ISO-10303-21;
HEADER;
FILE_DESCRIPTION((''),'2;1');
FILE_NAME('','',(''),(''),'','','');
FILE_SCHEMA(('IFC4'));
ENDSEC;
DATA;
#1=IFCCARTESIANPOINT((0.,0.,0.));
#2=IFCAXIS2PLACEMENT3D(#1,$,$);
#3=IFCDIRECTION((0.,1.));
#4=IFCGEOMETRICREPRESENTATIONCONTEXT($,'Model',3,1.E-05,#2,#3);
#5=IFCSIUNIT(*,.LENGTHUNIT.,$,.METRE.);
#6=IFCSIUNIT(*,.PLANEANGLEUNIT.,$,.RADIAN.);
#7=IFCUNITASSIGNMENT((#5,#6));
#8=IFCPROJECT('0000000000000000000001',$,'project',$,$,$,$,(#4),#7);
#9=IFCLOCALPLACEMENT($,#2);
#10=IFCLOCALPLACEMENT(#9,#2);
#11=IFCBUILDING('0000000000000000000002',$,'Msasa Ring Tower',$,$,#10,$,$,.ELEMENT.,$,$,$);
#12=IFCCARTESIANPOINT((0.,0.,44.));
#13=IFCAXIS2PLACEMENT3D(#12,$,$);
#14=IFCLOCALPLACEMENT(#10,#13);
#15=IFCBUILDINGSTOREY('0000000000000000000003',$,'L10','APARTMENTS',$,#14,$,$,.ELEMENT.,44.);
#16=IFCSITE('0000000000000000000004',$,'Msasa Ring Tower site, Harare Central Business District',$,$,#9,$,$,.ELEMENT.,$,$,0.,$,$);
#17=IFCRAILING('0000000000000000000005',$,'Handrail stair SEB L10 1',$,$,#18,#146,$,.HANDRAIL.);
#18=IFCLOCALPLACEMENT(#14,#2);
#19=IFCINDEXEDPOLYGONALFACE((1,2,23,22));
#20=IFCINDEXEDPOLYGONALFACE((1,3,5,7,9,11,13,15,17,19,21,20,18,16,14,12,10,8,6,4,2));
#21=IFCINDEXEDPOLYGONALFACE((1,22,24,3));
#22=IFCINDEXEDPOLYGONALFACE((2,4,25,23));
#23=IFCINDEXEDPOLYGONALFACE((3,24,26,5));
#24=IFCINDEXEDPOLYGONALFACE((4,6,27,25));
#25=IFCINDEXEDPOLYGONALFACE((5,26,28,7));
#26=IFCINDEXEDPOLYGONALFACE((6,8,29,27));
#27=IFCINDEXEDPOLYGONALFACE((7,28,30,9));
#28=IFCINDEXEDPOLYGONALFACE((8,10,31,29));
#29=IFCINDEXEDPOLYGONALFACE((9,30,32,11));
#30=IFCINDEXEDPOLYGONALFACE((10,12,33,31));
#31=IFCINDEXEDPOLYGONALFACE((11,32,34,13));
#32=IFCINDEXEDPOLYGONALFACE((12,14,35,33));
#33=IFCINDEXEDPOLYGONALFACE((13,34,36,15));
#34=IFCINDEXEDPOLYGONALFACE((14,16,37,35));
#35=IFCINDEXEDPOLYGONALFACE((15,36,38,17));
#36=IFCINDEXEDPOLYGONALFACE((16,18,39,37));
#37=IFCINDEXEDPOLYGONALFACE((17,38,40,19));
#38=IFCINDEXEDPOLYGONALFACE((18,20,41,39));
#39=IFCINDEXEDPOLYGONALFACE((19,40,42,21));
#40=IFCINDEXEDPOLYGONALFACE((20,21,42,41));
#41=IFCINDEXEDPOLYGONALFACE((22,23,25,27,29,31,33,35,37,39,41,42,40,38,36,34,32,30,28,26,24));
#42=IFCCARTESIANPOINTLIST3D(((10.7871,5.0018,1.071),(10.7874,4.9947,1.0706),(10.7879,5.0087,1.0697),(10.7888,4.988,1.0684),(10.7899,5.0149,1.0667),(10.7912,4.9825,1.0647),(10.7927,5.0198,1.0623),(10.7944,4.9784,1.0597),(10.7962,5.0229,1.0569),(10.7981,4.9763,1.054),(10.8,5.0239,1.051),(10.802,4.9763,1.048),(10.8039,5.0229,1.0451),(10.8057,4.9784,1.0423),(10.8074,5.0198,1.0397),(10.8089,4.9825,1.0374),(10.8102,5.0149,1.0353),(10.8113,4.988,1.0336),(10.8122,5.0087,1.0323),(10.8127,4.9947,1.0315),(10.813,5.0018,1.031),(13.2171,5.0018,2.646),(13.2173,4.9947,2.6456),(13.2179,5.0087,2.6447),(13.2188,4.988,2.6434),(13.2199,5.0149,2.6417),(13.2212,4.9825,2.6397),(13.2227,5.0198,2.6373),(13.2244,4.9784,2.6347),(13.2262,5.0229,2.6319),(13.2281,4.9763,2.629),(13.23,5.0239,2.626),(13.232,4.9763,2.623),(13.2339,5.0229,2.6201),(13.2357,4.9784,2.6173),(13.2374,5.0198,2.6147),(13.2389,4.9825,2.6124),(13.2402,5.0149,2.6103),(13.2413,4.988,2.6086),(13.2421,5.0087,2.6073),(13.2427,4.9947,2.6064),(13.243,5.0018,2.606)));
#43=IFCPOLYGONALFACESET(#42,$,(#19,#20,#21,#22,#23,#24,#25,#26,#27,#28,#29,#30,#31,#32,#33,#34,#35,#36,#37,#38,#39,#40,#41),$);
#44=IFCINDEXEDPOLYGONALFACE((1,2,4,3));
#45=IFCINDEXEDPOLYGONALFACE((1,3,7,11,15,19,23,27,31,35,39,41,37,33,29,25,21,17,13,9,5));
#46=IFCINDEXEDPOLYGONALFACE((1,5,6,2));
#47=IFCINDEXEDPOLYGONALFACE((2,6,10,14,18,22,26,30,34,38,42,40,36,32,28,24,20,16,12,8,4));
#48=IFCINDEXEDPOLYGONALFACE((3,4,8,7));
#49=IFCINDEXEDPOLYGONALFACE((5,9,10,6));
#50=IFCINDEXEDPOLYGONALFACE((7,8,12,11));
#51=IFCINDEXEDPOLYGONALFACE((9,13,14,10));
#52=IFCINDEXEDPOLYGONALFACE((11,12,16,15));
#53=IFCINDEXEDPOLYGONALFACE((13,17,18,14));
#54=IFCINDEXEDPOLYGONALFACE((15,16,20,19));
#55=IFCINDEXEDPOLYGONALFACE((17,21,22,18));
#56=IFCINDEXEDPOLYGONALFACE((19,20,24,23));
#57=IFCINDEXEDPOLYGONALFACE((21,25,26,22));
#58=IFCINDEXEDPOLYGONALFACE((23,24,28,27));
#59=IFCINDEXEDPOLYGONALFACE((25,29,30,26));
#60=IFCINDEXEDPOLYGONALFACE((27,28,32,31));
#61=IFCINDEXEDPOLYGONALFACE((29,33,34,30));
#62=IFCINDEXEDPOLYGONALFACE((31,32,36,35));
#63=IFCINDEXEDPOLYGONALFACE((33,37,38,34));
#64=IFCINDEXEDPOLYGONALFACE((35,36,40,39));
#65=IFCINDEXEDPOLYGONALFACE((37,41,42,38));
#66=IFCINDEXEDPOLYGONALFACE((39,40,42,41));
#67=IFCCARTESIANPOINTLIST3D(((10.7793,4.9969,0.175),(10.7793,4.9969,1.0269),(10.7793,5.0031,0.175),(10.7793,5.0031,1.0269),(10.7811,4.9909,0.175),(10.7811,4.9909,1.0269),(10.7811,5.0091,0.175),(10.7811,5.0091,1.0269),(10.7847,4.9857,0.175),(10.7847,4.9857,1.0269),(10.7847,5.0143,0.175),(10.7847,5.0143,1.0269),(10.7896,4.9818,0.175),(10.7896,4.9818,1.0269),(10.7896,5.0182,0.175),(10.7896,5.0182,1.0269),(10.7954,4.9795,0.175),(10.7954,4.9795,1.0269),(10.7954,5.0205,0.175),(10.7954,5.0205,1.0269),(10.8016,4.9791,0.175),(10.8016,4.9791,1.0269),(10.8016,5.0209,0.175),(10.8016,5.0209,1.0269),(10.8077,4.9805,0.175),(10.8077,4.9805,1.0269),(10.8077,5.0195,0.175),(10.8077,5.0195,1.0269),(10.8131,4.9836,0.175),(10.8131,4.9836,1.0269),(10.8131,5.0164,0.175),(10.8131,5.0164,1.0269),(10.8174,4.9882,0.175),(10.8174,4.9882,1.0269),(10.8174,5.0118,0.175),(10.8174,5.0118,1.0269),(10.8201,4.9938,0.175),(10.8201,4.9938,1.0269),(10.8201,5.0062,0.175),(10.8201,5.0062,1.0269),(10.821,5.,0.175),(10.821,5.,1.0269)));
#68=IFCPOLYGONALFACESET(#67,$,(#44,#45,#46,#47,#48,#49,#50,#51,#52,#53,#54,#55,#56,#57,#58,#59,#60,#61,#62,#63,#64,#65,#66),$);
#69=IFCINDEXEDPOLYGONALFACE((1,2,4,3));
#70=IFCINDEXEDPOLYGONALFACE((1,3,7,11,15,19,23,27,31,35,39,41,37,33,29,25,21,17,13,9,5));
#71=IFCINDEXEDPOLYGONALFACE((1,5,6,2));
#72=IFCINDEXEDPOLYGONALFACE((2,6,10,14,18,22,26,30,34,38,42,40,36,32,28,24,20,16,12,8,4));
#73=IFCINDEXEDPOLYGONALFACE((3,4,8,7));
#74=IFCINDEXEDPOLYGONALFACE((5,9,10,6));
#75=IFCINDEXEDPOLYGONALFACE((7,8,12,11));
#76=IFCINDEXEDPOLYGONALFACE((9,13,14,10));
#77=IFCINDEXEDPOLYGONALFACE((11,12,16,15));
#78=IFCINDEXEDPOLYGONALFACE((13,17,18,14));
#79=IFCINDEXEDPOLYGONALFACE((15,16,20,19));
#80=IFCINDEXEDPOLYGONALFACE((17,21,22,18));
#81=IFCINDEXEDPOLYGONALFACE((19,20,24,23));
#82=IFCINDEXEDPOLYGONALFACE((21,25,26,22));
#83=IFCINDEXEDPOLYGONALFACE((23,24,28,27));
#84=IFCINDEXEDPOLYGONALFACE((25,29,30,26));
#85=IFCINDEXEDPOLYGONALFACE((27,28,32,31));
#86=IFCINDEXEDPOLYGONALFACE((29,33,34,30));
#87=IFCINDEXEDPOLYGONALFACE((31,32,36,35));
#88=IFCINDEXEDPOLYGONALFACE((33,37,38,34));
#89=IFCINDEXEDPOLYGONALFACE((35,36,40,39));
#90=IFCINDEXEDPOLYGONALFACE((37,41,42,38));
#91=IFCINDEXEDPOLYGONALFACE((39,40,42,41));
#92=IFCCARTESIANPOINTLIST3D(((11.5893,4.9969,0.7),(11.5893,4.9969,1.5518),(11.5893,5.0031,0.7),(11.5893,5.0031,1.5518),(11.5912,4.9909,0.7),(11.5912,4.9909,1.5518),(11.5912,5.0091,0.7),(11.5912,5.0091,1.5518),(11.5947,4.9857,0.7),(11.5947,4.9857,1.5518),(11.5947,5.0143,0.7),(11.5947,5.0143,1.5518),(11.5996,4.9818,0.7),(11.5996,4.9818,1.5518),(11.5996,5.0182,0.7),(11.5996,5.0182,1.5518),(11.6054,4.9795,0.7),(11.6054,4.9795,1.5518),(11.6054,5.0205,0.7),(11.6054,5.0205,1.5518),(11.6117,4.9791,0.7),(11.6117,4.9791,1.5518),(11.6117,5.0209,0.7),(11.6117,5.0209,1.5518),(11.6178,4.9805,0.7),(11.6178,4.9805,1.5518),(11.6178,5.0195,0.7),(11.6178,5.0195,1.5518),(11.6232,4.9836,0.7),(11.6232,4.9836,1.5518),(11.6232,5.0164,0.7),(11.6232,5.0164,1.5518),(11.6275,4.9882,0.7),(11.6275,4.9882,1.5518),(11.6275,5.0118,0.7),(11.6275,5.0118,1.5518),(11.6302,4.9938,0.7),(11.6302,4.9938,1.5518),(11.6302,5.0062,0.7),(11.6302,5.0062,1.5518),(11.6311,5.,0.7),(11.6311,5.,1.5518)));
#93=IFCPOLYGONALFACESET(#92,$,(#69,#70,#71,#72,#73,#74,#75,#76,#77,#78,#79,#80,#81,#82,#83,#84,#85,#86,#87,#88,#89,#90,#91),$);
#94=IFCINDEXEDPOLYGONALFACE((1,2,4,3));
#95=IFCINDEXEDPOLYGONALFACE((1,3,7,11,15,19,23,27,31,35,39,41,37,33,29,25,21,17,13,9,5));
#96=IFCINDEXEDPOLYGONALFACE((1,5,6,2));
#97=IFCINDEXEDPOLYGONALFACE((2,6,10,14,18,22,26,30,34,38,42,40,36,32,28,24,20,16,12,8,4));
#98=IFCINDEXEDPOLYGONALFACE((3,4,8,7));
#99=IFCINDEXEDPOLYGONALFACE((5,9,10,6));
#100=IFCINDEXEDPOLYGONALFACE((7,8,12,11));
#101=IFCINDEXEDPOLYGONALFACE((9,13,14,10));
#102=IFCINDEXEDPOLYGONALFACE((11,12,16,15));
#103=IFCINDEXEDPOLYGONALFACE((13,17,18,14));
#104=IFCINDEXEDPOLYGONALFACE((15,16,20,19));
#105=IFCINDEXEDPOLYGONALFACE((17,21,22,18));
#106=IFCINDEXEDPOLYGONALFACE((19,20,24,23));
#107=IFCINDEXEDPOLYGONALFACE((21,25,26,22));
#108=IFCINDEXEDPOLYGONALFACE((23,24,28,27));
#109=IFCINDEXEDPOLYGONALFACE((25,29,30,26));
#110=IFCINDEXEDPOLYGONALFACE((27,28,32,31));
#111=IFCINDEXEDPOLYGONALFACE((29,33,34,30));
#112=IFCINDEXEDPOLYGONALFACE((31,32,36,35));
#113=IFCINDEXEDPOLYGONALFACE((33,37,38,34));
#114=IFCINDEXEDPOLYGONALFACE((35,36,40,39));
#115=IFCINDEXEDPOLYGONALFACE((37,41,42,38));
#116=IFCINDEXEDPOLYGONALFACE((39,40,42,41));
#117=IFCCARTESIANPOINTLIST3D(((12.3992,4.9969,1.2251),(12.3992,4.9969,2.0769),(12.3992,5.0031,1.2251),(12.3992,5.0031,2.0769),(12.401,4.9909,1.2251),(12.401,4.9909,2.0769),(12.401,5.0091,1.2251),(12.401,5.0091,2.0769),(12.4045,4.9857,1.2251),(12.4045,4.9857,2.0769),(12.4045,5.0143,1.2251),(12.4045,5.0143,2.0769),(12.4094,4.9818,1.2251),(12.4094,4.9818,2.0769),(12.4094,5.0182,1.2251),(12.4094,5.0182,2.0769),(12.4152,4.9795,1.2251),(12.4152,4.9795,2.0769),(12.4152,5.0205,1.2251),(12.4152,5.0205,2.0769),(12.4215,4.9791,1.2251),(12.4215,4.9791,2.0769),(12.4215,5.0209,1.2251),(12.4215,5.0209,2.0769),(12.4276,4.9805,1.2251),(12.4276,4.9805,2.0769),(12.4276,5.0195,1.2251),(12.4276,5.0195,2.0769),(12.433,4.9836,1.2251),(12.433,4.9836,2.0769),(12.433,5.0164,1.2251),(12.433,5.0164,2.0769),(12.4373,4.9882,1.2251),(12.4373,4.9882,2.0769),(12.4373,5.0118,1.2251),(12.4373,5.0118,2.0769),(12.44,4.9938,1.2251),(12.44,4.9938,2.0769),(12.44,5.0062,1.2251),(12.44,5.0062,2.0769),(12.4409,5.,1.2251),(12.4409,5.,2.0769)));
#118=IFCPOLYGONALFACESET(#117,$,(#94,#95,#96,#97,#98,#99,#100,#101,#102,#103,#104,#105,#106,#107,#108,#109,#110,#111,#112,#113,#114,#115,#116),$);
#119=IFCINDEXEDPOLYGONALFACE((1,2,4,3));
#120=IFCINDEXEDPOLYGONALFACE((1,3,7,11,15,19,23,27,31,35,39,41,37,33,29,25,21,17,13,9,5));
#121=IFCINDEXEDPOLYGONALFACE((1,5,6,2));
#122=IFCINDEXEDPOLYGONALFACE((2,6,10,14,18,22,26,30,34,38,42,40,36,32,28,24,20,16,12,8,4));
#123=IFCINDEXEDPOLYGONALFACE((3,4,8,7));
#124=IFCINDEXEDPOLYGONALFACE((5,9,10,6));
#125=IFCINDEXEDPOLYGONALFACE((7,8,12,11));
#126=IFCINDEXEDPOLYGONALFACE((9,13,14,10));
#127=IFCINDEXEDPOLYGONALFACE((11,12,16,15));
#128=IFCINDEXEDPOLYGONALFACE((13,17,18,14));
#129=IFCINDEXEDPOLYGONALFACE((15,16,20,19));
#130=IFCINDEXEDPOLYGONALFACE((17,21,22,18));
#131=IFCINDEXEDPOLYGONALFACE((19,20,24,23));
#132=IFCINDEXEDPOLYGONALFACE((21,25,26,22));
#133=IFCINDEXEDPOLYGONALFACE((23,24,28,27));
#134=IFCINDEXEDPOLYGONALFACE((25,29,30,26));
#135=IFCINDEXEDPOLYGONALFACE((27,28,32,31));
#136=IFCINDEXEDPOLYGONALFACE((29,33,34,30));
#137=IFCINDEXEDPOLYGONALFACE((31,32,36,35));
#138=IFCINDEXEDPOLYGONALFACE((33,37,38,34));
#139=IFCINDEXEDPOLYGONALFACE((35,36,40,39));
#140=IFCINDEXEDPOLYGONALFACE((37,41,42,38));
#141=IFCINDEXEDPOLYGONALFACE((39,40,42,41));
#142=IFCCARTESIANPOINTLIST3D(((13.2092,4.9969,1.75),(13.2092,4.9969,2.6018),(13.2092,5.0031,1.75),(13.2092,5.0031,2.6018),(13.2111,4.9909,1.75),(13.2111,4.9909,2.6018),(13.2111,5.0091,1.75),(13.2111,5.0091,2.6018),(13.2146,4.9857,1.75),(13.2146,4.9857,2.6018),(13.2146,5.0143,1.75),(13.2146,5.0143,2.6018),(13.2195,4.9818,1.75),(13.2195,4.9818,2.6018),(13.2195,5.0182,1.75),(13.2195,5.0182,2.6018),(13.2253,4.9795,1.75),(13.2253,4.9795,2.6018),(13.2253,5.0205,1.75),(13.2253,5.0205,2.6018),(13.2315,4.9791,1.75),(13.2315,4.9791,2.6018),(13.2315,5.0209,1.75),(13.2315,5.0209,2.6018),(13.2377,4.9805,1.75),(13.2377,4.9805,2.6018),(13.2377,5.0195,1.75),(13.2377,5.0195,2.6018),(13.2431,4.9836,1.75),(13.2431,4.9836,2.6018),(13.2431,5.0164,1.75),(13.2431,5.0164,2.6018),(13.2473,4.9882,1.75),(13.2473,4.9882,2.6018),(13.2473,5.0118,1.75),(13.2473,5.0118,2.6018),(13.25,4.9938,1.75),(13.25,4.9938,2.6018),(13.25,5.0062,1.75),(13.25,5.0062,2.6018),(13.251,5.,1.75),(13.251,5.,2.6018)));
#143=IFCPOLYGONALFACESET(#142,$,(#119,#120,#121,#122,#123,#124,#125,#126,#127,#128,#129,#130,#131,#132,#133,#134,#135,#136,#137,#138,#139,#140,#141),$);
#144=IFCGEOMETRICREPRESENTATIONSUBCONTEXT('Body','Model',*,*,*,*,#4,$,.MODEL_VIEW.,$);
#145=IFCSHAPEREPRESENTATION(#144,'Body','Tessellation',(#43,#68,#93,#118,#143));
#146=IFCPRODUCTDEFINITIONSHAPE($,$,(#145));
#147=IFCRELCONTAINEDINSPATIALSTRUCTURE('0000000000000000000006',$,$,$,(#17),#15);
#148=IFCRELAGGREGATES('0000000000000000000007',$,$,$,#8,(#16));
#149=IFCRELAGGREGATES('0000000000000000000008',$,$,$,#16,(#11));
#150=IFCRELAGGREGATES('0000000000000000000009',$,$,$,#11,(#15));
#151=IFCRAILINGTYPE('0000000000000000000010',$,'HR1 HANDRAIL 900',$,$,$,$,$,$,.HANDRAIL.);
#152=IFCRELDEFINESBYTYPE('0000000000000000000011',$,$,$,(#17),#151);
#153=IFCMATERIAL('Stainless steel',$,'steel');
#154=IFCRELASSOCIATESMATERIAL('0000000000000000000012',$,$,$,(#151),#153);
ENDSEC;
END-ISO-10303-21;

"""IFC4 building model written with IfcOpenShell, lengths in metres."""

from ifc_helpers import new_model, si_unit, direction, frame, origin, origin_2d, place, context, subcontext, project, spatial, circle, extrude, material, type_object, element, save


model = new_model("IFC4")

# Units and contexts
model_context = context("Model", 3, precision=1e-05, world=origin(), true_north=direction((0.0, 1.0)))
body_context = subcontext(model_context, "Body", "Model", "MODEL_VIEW")
ifc_project = project(units=[si_unit("LENGTHUNIT", "METRE"), si_unit("PLANEANGLEUNIT", "RADIAN")], contexts=[model_context])

# Site, building, storey
site_placement = place(None, origin())
site = spatial("IfcSite", under=ifc_project, at=site_placement, Name="Msasa Ring Tower site, Harare Central Business District", CompositionType="ELEMENT", RefElevation=0.0)
building_placement = place(site_placement, origin())
building = spatial("IfcBuilding", under=site, at=building_placement, Name="Msasa Ring Tower", CompositionType="ELEMENT")
storey_placement = place(building_placement, frame((0.0, 0.0, 44.0)))
storey = spatial("IfcBuildingStorey", under=building, at=storey_placement, Name="L10", Description="APARTMENTS", CompositionType="ELEMENT", Elevation=44.0)

# Railing
ifc_material_1 = material(Name="Stainless steel", Category="steel")
railing_type = type_object("IfcRailingType", Name="HR1 HANDRAIL 900", PredefinedType="HANDRAIL", material=ifc_material_1)
for number, where, name in (
    (1, (10.8, 5.0, 0.175), "Handrail stair SEB L10 1"),
):
    element("IfcRailing", number, at=place(storey_placement, frame(where)), inside=storey, type_object=railing_type, Name=name, PredefinedType="HANDRAIL", context=body_context, shape_type="SweptSolid", body=[
        extrude(circle(Radius=0.0239, at=origin_2d()), frame((0.0, 0.0, 0.876), z_axis=(0.839154, 0.0, 0.543894), x_axis=(0.0, 1.0, 0.0)), (0.0, 0.0, 1.0), 2.8958),
        extrude(circle(Radius=0.021, at=origin_2d()), origin(), (0.0, 0.0, 1.0), 0.8518),
        extrude(circle(Radius=0.021, at=origin_2d()), frame((0.8101, 0.0, 0.5249)), (0.0, 0.0, 1.0), 0.8518),
        extrude(circle(Radius=0.021, at=origin_2d()), frame((1.6199, 0.0, 1.05)), (0.0, 0.0, 1.0), 0.8518),
        extrude(circle(Radius=0.021, at=origin_2d()), frame((2.4299, 0.0, 1.575)), (0.0, 0.0, 1.0), 0.8518),
    ])

save(model, "model.ifc")
